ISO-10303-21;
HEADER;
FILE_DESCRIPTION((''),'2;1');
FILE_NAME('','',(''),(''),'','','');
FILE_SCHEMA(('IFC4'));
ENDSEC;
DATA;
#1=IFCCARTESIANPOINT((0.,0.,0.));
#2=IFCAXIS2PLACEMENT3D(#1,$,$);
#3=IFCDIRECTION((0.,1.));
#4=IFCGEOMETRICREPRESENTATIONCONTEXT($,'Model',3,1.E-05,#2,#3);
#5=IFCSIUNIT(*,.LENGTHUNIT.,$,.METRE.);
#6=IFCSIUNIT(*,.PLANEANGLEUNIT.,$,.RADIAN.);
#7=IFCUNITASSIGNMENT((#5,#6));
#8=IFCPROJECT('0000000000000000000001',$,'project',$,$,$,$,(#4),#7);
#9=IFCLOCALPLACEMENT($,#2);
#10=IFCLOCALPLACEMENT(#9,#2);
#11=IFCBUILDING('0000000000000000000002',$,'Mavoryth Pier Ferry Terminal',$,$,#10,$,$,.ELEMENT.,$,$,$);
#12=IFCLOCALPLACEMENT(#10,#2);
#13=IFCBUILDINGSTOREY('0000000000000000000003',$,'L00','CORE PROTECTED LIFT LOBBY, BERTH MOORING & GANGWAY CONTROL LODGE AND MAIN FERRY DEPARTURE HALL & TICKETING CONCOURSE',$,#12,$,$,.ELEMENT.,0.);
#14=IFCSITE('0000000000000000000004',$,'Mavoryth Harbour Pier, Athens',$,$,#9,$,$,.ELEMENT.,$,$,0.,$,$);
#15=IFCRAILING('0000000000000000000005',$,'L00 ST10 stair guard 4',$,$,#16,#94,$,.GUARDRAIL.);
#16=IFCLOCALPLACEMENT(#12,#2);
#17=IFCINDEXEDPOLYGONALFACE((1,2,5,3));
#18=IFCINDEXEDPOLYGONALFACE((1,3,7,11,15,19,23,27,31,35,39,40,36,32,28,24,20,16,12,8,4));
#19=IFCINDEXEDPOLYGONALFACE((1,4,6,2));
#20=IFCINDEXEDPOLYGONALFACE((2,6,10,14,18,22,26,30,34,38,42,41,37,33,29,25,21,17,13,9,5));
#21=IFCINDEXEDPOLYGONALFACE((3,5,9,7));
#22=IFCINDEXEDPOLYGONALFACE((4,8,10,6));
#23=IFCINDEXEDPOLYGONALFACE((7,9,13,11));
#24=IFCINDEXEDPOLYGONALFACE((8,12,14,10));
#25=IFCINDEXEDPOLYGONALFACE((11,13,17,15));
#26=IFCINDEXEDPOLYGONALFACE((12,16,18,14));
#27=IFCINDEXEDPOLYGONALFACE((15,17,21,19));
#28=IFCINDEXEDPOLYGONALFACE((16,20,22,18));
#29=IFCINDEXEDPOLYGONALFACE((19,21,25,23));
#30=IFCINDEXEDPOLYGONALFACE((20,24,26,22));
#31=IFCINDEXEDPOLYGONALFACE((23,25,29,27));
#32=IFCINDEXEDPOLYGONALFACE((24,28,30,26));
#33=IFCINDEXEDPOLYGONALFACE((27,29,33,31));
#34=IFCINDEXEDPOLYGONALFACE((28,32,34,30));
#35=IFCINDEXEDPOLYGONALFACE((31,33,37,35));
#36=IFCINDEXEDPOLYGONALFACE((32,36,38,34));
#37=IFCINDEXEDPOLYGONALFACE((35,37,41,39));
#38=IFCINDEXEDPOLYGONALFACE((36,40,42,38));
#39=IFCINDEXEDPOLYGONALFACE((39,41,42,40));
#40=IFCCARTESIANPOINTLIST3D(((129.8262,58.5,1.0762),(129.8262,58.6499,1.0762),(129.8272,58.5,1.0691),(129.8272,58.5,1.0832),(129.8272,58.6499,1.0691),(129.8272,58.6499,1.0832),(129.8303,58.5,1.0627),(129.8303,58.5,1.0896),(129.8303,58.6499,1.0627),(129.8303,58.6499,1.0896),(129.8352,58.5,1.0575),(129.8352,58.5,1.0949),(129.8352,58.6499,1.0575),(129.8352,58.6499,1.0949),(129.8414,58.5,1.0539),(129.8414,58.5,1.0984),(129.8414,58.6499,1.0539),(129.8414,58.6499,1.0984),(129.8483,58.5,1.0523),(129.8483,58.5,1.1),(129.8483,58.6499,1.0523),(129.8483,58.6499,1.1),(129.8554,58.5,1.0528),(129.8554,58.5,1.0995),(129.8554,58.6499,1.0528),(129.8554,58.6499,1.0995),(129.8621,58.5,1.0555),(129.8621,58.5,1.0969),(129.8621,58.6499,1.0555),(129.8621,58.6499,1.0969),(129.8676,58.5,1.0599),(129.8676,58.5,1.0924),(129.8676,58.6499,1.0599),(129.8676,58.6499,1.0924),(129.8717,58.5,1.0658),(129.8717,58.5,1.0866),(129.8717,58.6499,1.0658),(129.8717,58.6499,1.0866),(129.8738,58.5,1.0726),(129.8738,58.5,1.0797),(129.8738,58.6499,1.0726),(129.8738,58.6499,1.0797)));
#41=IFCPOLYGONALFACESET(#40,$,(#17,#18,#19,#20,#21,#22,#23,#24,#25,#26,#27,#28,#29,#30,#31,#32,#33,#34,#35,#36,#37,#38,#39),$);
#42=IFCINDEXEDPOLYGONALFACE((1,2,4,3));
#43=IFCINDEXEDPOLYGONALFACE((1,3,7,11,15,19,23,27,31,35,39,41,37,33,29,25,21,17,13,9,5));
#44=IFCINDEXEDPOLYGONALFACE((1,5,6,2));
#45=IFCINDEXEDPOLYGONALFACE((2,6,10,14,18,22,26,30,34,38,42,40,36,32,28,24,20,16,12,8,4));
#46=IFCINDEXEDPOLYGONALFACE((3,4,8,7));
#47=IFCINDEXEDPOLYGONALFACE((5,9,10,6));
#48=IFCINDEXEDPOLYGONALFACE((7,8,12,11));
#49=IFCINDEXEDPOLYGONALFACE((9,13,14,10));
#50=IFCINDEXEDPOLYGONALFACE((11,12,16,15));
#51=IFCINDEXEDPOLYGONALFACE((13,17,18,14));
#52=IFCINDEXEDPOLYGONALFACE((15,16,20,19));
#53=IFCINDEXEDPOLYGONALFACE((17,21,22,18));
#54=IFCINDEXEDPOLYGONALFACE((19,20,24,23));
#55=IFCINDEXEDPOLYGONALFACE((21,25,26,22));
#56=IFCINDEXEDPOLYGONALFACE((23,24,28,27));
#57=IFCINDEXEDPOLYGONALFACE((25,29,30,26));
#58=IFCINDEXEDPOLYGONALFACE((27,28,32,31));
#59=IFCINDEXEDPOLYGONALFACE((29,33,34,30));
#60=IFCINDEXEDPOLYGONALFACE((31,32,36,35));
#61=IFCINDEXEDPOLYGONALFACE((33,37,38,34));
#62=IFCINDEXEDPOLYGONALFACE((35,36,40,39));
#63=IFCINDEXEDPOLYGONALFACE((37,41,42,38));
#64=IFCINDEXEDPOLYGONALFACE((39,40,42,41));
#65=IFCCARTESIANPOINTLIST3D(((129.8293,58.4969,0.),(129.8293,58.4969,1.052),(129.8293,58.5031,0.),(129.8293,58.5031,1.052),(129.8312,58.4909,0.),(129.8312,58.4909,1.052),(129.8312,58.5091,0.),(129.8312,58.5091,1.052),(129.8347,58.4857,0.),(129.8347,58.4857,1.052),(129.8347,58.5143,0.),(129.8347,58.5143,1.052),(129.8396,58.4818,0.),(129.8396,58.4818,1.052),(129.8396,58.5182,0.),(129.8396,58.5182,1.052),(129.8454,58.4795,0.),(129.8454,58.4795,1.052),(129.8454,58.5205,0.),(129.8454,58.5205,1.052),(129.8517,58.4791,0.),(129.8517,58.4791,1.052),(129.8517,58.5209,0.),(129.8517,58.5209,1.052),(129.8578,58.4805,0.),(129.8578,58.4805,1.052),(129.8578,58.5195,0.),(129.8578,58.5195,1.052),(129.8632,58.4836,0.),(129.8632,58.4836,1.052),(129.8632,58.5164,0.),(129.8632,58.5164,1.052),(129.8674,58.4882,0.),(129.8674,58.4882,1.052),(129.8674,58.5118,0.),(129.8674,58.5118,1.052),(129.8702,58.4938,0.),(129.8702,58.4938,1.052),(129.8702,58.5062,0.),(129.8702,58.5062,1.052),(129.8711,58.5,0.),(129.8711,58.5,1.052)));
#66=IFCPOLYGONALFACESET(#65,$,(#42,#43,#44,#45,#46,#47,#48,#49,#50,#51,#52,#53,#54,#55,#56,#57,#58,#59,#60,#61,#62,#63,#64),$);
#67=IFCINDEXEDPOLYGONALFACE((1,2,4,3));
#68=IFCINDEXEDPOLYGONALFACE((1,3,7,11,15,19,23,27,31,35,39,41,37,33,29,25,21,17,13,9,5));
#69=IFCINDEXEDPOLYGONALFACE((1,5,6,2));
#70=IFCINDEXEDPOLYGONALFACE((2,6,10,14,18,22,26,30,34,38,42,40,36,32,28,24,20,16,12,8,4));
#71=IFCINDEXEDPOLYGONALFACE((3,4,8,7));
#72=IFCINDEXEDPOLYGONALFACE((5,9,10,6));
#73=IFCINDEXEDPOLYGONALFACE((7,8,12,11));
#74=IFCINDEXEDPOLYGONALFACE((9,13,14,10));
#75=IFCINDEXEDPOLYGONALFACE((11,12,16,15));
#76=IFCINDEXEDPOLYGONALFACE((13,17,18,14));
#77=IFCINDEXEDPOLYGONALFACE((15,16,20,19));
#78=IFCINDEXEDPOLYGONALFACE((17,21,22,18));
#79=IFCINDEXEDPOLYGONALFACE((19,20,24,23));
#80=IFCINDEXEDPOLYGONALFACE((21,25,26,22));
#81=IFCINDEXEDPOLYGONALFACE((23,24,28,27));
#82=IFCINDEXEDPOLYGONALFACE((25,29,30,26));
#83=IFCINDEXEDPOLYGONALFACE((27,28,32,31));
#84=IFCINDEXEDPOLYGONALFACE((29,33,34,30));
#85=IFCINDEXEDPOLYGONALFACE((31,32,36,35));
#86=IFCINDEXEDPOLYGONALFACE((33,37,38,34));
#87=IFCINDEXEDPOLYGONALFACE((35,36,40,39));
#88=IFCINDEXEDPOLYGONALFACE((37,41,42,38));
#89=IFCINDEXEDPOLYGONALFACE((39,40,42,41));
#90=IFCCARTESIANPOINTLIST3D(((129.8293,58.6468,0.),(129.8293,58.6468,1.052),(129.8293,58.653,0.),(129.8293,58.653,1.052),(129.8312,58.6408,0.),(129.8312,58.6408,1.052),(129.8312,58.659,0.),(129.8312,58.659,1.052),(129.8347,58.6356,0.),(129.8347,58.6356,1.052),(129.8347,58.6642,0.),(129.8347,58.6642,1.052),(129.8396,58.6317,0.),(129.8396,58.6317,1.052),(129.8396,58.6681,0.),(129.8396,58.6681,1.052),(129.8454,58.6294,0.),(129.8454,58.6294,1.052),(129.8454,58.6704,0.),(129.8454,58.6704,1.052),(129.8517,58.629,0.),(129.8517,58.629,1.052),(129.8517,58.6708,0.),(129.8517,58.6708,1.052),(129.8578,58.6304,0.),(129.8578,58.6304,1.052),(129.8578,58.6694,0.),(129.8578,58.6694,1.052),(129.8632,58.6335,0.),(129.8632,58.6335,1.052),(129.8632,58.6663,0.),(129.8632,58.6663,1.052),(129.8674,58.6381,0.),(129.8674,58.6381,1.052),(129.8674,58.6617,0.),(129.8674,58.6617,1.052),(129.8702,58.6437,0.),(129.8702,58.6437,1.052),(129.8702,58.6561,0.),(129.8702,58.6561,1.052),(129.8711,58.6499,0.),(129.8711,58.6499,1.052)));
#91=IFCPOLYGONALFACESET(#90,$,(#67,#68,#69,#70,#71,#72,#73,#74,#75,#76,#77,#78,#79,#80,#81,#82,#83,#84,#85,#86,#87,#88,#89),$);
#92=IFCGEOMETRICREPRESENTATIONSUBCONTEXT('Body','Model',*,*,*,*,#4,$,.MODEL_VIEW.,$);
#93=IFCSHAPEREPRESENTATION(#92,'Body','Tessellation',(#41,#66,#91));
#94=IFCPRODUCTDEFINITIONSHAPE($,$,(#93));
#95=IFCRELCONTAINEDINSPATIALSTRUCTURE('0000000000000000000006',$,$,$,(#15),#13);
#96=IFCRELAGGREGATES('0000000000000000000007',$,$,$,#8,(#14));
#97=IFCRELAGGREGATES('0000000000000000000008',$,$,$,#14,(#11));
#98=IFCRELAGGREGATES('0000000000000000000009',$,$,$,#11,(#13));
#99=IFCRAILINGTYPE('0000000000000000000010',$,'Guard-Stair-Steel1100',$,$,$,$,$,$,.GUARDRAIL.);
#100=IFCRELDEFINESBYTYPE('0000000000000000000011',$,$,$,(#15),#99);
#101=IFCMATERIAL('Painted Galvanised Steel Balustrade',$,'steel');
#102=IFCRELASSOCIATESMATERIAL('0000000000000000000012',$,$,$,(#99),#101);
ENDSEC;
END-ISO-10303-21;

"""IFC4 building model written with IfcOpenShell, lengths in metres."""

from ifc_helpers import new_model, si_unit, direction, frame, origin, origin_2d, place, context, subcontext, project, spatial, circle, extrude, material, type_object, element, save


model = new_model("IFC4")

# Units and contexts
model_context = context("Model", 3, precision=1e-05, world=origin(), true_north=direction((0.0, 1.0)))
body_context = subcontext(model_context, "Body", "Model", "MODEL_VIEW")
ifc_project = project(units=[si_unit("LENGTHUNIT", "METRE"), si_unit("PLANEANGLEUNIT", "RADIAN")], contexts=[model_context])

# Site, building, storey
site_placement = place(None, origin())
site = spatial("IfcSite", under=ifc_project, at=site_placement, Name="Mavoryth Harbour Pier, Athens", CompositionType="ELEMENT", RefElevation=0.0)
building_placement = place(site_placement, origin())
building = spatial("IfcBuilding", under=site, at=building_placement, Name="Mavoryth Pier Ferry Terminal", CompositionType="ELEMENT")
storey_placement = place(building_placement, origin())
storey = spatial("IfcBuildingStorey", under=building, at=storey_placement, Name="L00", Description="CORE PROTECTED LIFT LOBBY, BERTH MOORING & GANGWAY CONTROL LODGE AND MAIN FERRY DEPARTURE HALL & TICKETING CONCOURSE", CompositionType="ELEMENT", Elevation=0.0)

# Railing
ifc_material_1 = material(Name="Painted Galvanised Steel Balustrade", Category="steel")
railing_type_1 = type_object("IfcRailingType", Name="Guard-Stair-Steel1100", PredefinedType="GUARDRAIL", material=ifc_material_1)
railing_1_placement = place(storey_placement, frame((129.8501, 58.5, 0.0)))
element("IfcRailing", 1, at=railing_1_placement, inside=storey, type_object=railing_type_1, Name="L00 ST10 stair guard 4", PredefinedType="GUARDRAIL", context=body_context, shape_type="SweptSolid", body=[
    extrude(circle(Radius=0.0239, at=origin_2d()), frame((0.0, 0.0, 1.0762), z_axis=(0.0, 1.0, 0.0), x_axis=(-1.0, 0.0, 0.0)), (0.0, 0.0, 1.0), 0.1499),
    extrude(circle(Radius=0.021, at=origin_2d()), origin(), (0.0, 0.0, 1.0), 1.052),
    extrude(circle(Radius=0.021, at=origin_2d()), frame((0.0, 0.1499, 0.0)), (0.0, 0.0, 1.0), 1.052),
])

save(model, "model.ifc")
